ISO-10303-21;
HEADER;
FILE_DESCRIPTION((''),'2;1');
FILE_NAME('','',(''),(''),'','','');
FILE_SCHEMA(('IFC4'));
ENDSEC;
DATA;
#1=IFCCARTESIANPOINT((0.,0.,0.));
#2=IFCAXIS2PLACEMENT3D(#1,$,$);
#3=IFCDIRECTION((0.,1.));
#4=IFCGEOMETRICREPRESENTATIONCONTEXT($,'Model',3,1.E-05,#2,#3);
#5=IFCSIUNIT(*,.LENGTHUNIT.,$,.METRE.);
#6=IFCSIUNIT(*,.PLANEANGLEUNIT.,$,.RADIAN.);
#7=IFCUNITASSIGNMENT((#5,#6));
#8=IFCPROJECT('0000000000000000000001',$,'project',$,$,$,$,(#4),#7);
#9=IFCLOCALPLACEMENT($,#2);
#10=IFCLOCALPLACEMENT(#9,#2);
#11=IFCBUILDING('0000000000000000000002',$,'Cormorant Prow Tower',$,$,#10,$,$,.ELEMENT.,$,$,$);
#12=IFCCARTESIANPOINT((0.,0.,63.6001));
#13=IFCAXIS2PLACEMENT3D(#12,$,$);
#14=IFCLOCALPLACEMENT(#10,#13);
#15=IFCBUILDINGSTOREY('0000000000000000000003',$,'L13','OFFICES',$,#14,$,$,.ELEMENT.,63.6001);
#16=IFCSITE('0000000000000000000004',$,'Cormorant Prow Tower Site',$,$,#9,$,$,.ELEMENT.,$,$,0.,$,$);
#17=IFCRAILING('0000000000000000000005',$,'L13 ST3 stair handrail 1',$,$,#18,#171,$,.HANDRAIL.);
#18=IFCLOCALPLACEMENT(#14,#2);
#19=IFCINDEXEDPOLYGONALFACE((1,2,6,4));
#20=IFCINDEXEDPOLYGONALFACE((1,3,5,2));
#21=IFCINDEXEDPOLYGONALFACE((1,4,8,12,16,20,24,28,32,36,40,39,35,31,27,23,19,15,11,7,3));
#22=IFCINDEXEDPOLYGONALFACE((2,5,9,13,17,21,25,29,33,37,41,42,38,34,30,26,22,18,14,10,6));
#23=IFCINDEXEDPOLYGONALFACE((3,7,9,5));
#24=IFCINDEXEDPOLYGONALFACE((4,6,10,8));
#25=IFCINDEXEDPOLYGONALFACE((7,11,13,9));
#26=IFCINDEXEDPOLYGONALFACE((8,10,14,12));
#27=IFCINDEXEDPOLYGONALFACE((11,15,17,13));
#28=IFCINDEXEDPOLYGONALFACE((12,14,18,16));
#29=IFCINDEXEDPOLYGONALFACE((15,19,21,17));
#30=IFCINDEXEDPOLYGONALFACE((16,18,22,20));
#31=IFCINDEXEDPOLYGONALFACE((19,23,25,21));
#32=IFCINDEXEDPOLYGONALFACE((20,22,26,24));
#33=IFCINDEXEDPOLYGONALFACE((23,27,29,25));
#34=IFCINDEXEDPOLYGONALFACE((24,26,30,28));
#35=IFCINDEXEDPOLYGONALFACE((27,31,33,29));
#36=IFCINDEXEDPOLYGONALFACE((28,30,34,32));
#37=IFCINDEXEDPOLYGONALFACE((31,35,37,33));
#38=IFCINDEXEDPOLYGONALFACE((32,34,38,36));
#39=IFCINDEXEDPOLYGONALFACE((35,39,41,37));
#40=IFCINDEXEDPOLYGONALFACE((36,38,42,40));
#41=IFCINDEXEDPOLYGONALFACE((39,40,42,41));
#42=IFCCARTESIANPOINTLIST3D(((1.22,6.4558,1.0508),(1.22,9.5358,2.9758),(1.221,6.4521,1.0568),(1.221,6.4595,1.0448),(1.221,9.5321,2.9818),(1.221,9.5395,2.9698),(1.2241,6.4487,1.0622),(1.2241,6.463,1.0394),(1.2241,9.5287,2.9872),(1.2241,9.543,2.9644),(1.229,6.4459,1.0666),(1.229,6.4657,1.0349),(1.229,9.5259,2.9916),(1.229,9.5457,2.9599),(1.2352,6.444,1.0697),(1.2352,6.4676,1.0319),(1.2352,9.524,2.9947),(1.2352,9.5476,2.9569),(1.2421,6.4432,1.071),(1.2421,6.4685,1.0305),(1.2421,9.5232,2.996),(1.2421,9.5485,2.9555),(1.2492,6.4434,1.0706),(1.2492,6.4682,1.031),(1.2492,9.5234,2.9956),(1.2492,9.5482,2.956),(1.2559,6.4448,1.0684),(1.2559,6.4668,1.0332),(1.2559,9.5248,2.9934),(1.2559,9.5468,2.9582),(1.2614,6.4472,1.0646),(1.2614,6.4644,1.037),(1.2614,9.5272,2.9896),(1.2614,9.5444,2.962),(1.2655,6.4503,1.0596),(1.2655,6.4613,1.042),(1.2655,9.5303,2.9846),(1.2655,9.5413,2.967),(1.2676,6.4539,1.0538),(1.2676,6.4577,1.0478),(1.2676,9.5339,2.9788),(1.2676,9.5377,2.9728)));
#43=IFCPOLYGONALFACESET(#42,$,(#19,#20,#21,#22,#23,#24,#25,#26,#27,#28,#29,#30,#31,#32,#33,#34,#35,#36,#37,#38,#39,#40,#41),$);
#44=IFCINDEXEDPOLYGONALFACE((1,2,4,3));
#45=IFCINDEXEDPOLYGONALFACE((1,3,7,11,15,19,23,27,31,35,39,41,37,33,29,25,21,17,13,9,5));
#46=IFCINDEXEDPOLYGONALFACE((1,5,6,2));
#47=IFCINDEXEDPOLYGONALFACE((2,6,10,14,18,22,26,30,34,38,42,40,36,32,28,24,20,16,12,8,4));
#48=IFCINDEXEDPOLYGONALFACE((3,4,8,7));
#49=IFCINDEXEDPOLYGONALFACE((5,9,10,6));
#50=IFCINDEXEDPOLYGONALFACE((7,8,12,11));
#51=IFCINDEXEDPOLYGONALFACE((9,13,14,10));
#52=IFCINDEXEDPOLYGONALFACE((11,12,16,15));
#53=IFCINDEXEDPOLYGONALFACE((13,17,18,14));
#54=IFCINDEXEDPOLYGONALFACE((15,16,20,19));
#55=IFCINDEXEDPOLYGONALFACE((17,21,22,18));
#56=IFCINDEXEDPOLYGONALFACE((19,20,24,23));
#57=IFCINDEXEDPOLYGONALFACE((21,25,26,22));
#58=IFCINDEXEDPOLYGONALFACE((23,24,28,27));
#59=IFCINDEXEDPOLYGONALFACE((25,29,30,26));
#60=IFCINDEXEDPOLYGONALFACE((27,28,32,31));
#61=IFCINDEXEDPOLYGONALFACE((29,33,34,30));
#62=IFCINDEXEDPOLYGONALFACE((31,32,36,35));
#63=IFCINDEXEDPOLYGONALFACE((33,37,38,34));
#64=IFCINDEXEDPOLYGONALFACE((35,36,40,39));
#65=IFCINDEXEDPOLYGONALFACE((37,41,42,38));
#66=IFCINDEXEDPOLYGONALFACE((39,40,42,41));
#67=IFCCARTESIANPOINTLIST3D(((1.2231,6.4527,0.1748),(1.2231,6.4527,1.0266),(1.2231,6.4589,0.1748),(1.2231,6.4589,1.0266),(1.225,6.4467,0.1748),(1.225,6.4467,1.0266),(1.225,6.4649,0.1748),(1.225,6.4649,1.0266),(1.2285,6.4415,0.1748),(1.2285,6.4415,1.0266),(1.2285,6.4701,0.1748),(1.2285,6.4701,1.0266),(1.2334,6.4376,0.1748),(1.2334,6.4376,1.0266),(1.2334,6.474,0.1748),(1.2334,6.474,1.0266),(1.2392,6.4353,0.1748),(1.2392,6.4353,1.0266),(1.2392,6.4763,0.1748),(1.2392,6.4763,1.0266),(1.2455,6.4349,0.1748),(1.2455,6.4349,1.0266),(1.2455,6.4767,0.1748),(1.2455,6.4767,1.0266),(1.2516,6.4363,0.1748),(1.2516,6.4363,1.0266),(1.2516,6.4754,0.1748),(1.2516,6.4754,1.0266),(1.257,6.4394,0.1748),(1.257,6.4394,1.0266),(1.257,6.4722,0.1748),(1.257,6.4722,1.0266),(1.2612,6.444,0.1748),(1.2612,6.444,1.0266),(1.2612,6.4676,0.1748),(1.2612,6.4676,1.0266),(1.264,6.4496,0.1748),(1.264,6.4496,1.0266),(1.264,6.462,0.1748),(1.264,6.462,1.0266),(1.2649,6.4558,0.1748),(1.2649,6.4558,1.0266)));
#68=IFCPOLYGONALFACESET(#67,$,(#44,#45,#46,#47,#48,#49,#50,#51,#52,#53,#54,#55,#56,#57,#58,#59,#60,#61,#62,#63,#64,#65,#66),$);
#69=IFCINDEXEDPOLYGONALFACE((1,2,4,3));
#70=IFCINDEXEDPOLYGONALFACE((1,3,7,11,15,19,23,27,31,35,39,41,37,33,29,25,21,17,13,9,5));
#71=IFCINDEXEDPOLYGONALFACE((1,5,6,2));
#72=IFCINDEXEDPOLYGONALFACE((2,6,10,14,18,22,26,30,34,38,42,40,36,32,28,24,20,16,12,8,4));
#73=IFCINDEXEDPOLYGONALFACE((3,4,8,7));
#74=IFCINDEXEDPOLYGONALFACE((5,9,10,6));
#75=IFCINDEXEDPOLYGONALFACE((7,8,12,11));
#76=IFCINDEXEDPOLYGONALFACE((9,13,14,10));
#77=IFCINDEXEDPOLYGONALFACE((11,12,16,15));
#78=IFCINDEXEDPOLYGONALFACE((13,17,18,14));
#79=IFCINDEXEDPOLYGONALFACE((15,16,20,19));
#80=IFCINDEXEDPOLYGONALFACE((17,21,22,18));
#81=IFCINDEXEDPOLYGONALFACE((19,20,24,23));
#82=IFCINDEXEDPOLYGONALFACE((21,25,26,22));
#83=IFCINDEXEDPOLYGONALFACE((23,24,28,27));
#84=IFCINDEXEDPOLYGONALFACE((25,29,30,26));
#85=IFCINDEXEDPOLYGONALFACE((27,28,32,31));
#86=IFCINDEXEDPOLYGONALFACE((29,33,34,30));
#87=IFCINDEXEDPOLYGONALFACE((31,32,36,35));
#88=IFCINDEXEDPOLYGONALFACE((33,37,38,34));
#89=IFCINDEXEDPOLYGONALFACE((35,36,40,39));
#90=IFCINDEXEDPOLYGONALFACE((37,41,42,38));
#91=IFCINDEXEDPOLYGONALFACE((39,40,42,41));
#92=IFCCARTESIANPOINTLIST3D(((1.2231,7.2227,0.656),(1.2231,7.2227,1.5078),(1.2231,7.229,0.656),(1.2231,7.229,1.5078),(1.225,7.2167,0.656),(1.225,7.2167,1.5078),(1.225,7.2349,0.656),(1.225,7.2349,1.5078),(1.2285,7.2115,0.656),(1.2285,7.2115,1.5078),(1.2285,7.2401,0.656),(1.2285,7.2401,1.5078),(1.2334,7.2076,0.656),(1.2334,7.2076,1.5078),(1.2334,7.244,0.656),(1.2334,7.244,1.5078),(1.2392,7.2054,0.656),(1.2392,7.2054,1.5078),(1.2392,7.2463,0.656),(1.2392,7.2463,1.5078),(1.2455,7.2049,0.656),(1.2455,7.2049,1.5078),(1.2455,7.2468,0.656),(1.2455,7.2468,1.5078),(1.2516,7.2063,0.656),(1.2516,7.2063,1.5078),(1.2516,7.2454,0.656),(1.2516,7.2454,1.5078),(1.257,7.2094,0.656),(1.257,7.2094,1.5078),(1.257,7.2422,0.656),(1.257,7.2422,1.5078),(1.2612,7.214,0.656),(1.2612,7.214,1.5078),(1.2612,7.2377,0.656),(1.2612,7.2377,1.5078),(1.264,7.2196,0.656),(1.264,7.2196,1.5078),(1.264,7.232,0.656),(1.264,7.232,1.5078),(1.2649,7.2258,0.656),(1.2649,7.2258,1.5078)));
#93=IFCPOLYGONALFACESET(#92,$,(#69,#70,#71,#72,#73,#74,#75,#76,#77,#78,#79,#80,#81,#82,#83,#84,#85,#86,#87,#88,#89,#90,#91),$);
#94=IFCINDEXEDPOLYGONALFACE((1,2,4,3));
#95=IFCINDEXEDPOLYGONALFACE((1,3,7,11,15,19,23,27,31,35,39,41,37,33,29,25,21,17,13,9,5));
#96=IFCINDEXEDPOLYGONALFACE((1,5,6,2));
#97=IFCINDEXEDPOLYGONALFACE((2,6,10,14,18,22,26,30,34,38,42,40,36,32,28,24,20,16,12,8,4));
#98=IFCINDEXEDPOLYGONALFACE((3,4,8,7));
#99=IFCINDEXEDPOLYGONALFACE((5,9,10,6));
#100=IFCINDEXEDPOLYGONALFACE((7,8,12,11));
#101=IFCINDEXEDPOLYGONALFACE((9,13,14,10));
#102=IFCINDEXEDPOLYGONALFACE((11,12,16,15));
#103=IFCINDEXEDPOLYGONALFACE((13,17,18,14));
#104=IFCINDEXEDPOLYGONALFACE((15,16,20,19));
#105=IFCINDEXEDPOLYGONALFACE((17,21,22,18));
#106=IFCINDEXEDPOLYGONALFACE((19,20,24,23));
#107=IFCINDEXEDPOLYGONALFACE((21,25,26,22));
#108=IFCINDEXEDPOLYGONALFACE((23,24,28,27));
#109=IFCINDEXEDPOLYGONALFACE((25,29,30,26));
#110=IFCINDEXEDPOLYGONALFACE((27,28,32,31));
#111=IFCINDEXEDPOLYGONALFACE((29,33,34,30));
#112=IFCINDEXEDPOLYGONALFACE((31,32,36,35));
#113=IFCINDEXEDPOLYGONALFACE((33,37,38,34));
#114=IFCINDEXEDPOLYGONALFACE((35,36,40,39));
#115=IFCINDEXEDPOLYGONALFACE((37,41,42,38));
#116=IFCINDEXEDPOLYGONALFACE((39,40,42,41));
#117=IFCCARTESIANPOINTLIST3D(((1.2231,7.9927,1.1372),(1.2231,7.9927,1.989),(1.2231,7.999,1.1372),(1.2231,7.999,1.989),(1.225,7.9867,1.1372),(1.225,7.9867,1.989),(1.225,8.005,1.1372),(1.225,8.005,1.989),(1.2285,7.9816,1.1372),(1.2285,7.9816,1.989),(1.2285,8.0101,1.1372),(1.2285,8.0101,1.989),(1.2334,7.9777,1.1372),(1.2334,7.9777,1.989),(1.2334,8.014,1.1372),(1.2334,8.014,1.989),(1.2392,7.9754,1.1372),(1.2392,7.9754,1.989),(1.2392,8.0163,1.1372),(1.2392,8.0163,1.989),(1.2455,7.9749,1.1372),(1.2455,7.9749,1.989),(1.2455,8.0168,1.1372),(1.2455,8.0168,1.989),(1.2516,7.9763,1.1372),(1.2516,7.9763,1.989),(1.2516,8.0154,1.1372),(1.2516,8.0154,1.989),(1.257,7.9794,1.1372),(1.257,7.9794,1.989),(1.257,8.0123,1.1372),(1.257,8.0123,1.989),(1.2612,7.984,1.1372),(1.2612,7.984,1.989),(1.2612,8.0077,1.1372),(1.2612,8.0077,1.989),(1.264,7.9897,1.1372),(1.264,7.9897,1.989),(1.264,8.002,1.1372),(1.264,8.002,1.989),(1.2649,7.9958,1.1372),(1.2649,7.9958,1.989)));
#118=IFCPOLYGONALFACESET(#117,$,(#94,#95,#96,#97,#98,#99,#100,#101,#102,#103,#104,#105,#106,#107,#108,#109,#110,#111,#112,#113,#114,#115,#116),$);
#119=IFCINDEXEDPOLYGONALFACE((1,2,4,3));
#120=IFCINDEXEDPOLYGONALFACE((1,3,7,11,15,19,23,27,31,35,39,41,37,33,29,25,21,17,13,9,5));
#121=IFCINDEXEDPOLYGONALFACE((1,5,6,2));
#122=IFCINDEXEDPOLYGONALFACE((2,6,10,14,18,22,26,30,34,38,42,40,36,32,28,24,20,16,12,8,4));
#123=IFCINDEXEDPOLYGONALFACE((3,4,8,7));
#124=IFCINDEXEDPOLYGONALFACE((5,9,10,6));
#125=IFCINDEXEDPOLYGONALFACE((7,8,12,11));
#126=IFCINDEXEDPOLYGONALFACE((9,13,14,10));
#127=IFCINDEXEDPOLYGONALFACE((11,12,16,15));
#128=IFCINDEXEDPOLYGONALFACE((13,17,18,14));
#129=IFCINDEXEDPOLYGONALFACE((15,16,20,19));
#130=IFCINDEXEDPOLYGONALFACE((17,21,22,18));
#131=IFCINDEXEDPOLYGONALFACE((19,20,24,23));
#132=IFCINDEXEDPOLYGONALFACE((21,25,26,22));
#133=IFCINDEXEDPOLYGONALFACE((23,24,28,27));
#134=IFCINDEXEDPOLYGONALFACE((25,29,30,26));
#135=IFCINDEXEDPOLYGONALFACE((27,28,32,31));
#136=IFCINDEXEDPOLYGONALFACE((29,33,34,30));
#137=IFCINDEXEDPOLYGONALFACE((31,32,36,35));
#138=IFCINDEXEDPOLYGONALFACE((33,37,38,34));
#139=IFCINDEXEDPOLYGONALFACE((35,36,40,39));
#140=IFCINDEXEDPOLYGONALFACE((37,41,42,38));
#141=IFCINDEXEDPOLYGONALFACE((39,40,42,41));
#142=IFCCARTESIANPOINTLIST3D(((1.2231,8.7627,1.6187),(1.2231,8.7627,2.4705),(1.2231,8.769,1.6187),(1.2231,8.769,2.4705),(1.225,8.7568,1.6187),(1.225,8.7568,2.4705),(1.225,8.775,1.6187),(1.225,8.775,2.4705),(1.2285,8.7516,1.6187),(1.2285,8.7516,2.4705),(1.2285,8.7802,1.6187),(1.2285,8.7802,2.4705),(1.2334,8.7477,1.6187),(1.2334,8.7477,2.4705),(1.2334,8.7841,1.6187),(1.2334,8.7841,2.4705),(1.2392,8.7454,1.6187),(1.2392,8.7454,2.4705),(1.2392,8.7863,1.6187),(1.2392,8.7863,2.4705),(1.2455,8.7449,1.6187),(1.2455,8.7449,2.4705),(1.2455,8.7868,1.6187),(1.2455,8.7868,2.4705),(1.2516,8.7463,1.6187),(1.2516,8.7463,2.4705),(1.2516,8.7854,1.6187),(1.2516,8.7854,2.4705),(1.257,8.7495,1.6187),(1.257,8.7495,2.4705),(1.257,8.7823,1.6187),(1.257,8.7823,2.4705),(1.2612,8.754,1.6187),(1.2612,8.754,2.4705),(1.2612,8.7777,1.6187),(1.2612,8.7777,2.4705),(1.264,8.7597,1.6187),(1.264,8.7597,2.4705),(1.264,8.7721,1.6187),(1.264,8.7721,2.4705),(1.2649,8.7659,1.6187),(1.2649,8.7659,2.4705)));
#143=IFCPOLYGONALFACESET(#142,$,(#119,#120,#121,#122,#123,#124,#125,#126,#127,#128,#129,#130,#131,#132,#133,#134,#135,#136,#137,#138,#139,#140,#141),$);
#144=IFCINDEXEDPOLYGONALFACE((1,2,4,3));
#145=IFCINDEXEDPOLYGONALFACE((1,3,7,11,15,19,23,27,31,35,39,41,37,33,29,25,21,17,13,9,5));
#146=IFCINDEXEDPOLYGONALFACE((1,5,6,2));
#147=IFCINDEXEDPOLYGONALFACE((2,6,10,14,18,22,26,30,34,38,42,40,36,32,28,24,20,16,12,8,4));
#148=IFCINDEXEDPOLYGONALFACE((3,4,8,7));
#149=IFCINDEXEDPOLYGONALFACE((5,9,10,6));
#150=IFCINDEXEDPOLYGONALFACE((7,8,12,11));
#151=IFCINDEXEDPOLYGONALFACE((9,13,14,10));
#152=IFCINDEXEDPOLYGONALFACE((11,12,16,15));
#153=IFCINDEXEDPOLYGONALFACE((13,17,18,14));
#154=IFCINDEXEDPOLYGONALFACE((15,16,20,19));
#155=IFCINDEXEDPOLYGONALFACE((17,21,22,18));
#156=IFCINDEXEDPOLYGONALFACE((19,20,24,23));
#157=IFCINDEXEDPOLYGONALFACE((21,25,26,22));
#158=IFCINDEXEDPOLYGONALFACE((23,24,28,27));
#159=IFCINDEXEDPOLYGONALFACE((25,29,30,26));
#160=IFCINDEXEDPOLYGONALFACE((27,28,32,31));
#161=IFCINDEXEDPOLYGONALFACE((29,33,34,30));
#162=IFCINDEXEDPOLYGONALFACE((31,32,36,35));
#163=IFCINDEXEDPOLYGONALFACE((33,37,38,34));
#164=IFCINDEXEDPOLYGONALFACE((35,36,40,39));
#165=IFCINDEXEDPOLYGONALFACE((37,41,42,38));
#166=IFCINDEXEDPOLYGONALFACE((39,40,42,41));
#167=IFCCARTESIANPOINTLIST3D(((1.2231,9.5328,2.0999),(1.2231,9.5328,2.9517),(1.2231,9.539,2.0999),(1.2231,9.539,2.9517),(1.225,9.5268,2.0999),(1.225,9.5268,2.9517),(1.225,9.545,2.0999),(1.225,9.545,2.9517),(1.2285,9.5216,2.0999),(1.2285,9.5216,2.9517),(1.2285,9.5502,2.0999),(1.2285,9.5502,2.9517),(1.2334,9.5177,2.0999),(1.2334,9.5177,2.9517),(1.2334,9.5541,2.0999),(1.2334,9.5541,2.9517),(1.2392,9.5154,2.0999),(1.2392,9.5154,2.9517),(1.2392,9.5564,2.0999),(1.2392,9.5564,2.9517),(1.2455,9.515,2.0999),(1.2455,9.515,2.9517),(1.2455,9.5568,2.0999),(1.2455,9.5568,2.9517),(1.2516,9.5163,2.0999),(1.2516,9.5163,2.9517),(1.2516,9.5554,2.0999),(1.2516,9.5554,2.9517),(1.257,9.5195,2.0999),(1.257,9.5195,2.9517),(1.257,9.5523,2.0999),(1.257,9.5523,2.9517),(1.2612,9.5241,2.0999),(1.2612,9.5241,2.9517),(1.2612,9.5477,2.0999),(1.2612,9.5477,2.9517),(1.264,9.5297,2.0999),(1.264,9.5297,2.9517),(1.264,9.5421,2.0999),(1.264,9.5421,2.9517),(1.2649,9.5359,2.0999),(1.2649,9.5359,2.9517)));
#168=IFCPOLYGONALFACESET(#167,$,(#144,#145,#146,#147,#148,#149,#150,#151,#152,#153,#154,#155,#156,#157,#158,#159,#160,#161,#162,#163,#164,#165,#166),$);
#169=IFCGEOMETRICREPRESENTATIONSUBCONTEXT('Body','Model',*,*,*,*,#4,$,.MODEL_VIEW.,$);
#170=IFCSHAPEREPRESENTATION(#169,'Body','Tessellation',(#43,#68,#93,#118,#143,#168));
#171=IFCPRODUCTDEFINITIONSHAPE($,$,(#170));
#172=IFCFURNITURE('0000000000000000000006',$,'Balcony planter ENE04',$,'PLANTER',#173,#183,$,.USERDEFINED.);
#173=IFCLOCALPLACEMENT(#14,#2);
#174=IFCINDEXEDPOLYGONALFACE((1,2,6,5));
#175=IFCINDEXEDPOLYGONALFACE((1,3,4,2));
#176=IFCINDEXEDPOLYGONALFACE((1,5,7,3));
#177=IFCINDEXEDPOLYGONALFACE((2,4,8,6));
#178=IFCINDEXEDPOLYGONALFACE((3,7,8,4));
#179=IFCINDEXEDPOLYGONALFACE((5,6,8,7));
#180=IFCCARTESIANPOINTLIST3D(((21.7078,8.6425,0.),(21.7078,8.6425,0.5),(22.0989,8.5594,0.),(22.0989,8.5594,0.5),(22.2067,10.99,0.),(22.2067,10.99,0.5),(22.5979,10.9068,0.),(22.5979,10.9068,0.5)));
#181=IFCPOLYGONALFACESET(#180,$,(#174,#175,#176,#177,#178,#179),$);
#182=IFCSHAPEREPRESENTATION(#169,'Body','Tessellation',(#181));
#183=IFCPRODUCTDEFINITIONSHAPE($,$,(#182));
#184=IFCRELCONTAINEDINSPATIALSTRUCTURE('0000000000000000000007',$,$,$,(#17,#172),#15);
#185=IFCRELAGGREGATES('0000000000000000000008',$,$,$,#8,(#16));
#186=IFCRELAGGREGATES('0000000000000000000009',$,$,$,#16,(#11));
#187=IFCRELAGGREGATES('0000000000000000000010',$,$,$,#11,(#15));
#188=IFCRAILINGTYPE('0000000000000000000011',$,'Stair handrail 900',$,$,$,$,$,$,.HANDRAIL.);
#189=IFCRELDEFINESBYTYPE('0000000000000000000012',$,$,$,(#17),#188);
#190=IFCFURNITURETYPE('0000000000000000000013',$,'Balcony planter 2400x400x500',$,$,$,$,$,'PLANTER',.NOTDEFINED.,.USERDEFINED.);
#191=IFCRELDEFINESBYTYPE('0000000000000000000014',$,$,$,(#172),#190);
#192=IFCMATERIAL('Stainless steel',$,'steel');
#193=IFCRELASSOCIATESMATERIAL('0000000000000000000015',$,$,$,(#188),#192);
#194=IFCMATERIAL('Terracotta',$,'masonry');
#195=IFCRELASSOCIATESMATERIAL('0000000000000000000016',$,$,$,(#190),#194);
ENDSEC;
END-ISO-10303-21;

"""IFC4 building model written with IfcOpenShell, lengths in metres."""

from ifc_helpers import new_model, si_unit, direction, frame, origin, origin_2d, place, context, subcontext, project, spatial, rectangle, circle, extrude, material, type_object, element, save


model = new_model("IFC4")

# Units and contexts
model_context = context("Model", 3, precision=1e-05, world=origin(), true_north=direction((0.0, 1.0)))
body_context = subcontext(model_context, "Body", "Model", "MODEL_VIEW")
ifc_project = project(units=[si_unit("LENGTHUNIT", "METRE"), si_unit("PLANEANGLEUNIT", "RADIAN")], contexts=[model_context])

# Site, building, storey
site_placement = place(None, origin())
site = spatial("IfcSite", under=ifc_project, at=site_placement, Name="Cormorant Prow Tower Site", CompositionType="ELEMENT", RefElevation=0.0)
building_placement = place(site_placement, origin())
building = spatial("IfcBuilding", under=site, at=building_placement, Name="Cormorant Prow Tower", CompositionType="ELEMENT")
storey_placement = place(building_placement, frame((0.0, 0.0, 63.6001)))
storey = spatial("IfcBuildingStorey", under=building, at=storey_placement, Name="L13", Description="OFFICES", CompositionType="ELEMENT", Elevation=63.6001)

# Railing
ifc_material_1 = material(Name="Stainless steel", Category="steel")
railing_type = type_object("IfcRailingType", Name="Stair handrail 900", PredefinedType="HANDRAIL", material=ifc_material_1)
railing_placement = place(storey_placement, frame((1.2439, 6.4558, 0.1748)))
element("IfcRailing", 1, at=railing_placement, inside=storey, type_object=railing_type, Name="L13 ST3 stair handrail 1", PredefinedType="HANDRAIL", context=body_context, shape_type="SweptSolid", body=[
    extrude(circle(Radius=0.0239, at=origin_2d()), frame((0.0, 0.0, 0.876), z_axis=(0.0, 0.847998, 0.529999), x_axis=(-1.0, 0.0, 0.0)), (0.0, 0.0, 1.0), 3.6321),
    extrude(circle(Radius=0.021, at=origin_2d()), origin(), (0.0, 0.0, 1.0), 0.8518),
    extrude(circle(Radius=0.021, at=origin_2d()), frame((0.0, 0.77, 0.4812)), (0.0, 0.0, 1.0), 0.8518),
    extrude(circle(Radius=0.021, at=origin_2d()), frame((0.0, 1.54, 0.9624)), (0.0, 0.0, 1.0), 0.8518),
    extrude(circle(Radius=0.021, at=origin_2d()), frame((0.0, 2.3101, 1.4438)), (0.0, 0.0, 1.0), 0.8518),
    extrude(circle(Radius=0.021, at=origin_2d()), frame((0.0, 3.0801, 1.925)), (0.0, 0.0, 1.0), 0.8518),
])

# Furniture
ifc_material_2 = material(Name="Terracotta", Category="masonry")
furniture_type = type_object("IfcFurnitureType", Name="Balcony planter 2400x400x500", ElementType="PLANTER", AssemblyPlace="NOTDEFINED", PredefinedType="USERDEFINED", material=ifc_material_2)
furniture_placement = place(storey_placement, frame((22.1528, 9.7747, 0.0), z_axis=(0.0, 0.0, 1.0), x_axis=(0.207912, 0.978148, 0.0)))
element("IfcFurniture", 2, at=furniture_placement, inside=storey, type_object=furniture_type, Name="Balcony planter ENE04", ObjectType="PLANTER", PredefinedType="USERDEFINED", context=body_context, shape_type="SweptSolid", body=[
    extrude(rectangle(XDim=2.3999, YDim=0.3999, at=origin_2d()), origin(), (0.0, 0.0, 1.0), 0.5),
])

save(model, "model.ifc")
